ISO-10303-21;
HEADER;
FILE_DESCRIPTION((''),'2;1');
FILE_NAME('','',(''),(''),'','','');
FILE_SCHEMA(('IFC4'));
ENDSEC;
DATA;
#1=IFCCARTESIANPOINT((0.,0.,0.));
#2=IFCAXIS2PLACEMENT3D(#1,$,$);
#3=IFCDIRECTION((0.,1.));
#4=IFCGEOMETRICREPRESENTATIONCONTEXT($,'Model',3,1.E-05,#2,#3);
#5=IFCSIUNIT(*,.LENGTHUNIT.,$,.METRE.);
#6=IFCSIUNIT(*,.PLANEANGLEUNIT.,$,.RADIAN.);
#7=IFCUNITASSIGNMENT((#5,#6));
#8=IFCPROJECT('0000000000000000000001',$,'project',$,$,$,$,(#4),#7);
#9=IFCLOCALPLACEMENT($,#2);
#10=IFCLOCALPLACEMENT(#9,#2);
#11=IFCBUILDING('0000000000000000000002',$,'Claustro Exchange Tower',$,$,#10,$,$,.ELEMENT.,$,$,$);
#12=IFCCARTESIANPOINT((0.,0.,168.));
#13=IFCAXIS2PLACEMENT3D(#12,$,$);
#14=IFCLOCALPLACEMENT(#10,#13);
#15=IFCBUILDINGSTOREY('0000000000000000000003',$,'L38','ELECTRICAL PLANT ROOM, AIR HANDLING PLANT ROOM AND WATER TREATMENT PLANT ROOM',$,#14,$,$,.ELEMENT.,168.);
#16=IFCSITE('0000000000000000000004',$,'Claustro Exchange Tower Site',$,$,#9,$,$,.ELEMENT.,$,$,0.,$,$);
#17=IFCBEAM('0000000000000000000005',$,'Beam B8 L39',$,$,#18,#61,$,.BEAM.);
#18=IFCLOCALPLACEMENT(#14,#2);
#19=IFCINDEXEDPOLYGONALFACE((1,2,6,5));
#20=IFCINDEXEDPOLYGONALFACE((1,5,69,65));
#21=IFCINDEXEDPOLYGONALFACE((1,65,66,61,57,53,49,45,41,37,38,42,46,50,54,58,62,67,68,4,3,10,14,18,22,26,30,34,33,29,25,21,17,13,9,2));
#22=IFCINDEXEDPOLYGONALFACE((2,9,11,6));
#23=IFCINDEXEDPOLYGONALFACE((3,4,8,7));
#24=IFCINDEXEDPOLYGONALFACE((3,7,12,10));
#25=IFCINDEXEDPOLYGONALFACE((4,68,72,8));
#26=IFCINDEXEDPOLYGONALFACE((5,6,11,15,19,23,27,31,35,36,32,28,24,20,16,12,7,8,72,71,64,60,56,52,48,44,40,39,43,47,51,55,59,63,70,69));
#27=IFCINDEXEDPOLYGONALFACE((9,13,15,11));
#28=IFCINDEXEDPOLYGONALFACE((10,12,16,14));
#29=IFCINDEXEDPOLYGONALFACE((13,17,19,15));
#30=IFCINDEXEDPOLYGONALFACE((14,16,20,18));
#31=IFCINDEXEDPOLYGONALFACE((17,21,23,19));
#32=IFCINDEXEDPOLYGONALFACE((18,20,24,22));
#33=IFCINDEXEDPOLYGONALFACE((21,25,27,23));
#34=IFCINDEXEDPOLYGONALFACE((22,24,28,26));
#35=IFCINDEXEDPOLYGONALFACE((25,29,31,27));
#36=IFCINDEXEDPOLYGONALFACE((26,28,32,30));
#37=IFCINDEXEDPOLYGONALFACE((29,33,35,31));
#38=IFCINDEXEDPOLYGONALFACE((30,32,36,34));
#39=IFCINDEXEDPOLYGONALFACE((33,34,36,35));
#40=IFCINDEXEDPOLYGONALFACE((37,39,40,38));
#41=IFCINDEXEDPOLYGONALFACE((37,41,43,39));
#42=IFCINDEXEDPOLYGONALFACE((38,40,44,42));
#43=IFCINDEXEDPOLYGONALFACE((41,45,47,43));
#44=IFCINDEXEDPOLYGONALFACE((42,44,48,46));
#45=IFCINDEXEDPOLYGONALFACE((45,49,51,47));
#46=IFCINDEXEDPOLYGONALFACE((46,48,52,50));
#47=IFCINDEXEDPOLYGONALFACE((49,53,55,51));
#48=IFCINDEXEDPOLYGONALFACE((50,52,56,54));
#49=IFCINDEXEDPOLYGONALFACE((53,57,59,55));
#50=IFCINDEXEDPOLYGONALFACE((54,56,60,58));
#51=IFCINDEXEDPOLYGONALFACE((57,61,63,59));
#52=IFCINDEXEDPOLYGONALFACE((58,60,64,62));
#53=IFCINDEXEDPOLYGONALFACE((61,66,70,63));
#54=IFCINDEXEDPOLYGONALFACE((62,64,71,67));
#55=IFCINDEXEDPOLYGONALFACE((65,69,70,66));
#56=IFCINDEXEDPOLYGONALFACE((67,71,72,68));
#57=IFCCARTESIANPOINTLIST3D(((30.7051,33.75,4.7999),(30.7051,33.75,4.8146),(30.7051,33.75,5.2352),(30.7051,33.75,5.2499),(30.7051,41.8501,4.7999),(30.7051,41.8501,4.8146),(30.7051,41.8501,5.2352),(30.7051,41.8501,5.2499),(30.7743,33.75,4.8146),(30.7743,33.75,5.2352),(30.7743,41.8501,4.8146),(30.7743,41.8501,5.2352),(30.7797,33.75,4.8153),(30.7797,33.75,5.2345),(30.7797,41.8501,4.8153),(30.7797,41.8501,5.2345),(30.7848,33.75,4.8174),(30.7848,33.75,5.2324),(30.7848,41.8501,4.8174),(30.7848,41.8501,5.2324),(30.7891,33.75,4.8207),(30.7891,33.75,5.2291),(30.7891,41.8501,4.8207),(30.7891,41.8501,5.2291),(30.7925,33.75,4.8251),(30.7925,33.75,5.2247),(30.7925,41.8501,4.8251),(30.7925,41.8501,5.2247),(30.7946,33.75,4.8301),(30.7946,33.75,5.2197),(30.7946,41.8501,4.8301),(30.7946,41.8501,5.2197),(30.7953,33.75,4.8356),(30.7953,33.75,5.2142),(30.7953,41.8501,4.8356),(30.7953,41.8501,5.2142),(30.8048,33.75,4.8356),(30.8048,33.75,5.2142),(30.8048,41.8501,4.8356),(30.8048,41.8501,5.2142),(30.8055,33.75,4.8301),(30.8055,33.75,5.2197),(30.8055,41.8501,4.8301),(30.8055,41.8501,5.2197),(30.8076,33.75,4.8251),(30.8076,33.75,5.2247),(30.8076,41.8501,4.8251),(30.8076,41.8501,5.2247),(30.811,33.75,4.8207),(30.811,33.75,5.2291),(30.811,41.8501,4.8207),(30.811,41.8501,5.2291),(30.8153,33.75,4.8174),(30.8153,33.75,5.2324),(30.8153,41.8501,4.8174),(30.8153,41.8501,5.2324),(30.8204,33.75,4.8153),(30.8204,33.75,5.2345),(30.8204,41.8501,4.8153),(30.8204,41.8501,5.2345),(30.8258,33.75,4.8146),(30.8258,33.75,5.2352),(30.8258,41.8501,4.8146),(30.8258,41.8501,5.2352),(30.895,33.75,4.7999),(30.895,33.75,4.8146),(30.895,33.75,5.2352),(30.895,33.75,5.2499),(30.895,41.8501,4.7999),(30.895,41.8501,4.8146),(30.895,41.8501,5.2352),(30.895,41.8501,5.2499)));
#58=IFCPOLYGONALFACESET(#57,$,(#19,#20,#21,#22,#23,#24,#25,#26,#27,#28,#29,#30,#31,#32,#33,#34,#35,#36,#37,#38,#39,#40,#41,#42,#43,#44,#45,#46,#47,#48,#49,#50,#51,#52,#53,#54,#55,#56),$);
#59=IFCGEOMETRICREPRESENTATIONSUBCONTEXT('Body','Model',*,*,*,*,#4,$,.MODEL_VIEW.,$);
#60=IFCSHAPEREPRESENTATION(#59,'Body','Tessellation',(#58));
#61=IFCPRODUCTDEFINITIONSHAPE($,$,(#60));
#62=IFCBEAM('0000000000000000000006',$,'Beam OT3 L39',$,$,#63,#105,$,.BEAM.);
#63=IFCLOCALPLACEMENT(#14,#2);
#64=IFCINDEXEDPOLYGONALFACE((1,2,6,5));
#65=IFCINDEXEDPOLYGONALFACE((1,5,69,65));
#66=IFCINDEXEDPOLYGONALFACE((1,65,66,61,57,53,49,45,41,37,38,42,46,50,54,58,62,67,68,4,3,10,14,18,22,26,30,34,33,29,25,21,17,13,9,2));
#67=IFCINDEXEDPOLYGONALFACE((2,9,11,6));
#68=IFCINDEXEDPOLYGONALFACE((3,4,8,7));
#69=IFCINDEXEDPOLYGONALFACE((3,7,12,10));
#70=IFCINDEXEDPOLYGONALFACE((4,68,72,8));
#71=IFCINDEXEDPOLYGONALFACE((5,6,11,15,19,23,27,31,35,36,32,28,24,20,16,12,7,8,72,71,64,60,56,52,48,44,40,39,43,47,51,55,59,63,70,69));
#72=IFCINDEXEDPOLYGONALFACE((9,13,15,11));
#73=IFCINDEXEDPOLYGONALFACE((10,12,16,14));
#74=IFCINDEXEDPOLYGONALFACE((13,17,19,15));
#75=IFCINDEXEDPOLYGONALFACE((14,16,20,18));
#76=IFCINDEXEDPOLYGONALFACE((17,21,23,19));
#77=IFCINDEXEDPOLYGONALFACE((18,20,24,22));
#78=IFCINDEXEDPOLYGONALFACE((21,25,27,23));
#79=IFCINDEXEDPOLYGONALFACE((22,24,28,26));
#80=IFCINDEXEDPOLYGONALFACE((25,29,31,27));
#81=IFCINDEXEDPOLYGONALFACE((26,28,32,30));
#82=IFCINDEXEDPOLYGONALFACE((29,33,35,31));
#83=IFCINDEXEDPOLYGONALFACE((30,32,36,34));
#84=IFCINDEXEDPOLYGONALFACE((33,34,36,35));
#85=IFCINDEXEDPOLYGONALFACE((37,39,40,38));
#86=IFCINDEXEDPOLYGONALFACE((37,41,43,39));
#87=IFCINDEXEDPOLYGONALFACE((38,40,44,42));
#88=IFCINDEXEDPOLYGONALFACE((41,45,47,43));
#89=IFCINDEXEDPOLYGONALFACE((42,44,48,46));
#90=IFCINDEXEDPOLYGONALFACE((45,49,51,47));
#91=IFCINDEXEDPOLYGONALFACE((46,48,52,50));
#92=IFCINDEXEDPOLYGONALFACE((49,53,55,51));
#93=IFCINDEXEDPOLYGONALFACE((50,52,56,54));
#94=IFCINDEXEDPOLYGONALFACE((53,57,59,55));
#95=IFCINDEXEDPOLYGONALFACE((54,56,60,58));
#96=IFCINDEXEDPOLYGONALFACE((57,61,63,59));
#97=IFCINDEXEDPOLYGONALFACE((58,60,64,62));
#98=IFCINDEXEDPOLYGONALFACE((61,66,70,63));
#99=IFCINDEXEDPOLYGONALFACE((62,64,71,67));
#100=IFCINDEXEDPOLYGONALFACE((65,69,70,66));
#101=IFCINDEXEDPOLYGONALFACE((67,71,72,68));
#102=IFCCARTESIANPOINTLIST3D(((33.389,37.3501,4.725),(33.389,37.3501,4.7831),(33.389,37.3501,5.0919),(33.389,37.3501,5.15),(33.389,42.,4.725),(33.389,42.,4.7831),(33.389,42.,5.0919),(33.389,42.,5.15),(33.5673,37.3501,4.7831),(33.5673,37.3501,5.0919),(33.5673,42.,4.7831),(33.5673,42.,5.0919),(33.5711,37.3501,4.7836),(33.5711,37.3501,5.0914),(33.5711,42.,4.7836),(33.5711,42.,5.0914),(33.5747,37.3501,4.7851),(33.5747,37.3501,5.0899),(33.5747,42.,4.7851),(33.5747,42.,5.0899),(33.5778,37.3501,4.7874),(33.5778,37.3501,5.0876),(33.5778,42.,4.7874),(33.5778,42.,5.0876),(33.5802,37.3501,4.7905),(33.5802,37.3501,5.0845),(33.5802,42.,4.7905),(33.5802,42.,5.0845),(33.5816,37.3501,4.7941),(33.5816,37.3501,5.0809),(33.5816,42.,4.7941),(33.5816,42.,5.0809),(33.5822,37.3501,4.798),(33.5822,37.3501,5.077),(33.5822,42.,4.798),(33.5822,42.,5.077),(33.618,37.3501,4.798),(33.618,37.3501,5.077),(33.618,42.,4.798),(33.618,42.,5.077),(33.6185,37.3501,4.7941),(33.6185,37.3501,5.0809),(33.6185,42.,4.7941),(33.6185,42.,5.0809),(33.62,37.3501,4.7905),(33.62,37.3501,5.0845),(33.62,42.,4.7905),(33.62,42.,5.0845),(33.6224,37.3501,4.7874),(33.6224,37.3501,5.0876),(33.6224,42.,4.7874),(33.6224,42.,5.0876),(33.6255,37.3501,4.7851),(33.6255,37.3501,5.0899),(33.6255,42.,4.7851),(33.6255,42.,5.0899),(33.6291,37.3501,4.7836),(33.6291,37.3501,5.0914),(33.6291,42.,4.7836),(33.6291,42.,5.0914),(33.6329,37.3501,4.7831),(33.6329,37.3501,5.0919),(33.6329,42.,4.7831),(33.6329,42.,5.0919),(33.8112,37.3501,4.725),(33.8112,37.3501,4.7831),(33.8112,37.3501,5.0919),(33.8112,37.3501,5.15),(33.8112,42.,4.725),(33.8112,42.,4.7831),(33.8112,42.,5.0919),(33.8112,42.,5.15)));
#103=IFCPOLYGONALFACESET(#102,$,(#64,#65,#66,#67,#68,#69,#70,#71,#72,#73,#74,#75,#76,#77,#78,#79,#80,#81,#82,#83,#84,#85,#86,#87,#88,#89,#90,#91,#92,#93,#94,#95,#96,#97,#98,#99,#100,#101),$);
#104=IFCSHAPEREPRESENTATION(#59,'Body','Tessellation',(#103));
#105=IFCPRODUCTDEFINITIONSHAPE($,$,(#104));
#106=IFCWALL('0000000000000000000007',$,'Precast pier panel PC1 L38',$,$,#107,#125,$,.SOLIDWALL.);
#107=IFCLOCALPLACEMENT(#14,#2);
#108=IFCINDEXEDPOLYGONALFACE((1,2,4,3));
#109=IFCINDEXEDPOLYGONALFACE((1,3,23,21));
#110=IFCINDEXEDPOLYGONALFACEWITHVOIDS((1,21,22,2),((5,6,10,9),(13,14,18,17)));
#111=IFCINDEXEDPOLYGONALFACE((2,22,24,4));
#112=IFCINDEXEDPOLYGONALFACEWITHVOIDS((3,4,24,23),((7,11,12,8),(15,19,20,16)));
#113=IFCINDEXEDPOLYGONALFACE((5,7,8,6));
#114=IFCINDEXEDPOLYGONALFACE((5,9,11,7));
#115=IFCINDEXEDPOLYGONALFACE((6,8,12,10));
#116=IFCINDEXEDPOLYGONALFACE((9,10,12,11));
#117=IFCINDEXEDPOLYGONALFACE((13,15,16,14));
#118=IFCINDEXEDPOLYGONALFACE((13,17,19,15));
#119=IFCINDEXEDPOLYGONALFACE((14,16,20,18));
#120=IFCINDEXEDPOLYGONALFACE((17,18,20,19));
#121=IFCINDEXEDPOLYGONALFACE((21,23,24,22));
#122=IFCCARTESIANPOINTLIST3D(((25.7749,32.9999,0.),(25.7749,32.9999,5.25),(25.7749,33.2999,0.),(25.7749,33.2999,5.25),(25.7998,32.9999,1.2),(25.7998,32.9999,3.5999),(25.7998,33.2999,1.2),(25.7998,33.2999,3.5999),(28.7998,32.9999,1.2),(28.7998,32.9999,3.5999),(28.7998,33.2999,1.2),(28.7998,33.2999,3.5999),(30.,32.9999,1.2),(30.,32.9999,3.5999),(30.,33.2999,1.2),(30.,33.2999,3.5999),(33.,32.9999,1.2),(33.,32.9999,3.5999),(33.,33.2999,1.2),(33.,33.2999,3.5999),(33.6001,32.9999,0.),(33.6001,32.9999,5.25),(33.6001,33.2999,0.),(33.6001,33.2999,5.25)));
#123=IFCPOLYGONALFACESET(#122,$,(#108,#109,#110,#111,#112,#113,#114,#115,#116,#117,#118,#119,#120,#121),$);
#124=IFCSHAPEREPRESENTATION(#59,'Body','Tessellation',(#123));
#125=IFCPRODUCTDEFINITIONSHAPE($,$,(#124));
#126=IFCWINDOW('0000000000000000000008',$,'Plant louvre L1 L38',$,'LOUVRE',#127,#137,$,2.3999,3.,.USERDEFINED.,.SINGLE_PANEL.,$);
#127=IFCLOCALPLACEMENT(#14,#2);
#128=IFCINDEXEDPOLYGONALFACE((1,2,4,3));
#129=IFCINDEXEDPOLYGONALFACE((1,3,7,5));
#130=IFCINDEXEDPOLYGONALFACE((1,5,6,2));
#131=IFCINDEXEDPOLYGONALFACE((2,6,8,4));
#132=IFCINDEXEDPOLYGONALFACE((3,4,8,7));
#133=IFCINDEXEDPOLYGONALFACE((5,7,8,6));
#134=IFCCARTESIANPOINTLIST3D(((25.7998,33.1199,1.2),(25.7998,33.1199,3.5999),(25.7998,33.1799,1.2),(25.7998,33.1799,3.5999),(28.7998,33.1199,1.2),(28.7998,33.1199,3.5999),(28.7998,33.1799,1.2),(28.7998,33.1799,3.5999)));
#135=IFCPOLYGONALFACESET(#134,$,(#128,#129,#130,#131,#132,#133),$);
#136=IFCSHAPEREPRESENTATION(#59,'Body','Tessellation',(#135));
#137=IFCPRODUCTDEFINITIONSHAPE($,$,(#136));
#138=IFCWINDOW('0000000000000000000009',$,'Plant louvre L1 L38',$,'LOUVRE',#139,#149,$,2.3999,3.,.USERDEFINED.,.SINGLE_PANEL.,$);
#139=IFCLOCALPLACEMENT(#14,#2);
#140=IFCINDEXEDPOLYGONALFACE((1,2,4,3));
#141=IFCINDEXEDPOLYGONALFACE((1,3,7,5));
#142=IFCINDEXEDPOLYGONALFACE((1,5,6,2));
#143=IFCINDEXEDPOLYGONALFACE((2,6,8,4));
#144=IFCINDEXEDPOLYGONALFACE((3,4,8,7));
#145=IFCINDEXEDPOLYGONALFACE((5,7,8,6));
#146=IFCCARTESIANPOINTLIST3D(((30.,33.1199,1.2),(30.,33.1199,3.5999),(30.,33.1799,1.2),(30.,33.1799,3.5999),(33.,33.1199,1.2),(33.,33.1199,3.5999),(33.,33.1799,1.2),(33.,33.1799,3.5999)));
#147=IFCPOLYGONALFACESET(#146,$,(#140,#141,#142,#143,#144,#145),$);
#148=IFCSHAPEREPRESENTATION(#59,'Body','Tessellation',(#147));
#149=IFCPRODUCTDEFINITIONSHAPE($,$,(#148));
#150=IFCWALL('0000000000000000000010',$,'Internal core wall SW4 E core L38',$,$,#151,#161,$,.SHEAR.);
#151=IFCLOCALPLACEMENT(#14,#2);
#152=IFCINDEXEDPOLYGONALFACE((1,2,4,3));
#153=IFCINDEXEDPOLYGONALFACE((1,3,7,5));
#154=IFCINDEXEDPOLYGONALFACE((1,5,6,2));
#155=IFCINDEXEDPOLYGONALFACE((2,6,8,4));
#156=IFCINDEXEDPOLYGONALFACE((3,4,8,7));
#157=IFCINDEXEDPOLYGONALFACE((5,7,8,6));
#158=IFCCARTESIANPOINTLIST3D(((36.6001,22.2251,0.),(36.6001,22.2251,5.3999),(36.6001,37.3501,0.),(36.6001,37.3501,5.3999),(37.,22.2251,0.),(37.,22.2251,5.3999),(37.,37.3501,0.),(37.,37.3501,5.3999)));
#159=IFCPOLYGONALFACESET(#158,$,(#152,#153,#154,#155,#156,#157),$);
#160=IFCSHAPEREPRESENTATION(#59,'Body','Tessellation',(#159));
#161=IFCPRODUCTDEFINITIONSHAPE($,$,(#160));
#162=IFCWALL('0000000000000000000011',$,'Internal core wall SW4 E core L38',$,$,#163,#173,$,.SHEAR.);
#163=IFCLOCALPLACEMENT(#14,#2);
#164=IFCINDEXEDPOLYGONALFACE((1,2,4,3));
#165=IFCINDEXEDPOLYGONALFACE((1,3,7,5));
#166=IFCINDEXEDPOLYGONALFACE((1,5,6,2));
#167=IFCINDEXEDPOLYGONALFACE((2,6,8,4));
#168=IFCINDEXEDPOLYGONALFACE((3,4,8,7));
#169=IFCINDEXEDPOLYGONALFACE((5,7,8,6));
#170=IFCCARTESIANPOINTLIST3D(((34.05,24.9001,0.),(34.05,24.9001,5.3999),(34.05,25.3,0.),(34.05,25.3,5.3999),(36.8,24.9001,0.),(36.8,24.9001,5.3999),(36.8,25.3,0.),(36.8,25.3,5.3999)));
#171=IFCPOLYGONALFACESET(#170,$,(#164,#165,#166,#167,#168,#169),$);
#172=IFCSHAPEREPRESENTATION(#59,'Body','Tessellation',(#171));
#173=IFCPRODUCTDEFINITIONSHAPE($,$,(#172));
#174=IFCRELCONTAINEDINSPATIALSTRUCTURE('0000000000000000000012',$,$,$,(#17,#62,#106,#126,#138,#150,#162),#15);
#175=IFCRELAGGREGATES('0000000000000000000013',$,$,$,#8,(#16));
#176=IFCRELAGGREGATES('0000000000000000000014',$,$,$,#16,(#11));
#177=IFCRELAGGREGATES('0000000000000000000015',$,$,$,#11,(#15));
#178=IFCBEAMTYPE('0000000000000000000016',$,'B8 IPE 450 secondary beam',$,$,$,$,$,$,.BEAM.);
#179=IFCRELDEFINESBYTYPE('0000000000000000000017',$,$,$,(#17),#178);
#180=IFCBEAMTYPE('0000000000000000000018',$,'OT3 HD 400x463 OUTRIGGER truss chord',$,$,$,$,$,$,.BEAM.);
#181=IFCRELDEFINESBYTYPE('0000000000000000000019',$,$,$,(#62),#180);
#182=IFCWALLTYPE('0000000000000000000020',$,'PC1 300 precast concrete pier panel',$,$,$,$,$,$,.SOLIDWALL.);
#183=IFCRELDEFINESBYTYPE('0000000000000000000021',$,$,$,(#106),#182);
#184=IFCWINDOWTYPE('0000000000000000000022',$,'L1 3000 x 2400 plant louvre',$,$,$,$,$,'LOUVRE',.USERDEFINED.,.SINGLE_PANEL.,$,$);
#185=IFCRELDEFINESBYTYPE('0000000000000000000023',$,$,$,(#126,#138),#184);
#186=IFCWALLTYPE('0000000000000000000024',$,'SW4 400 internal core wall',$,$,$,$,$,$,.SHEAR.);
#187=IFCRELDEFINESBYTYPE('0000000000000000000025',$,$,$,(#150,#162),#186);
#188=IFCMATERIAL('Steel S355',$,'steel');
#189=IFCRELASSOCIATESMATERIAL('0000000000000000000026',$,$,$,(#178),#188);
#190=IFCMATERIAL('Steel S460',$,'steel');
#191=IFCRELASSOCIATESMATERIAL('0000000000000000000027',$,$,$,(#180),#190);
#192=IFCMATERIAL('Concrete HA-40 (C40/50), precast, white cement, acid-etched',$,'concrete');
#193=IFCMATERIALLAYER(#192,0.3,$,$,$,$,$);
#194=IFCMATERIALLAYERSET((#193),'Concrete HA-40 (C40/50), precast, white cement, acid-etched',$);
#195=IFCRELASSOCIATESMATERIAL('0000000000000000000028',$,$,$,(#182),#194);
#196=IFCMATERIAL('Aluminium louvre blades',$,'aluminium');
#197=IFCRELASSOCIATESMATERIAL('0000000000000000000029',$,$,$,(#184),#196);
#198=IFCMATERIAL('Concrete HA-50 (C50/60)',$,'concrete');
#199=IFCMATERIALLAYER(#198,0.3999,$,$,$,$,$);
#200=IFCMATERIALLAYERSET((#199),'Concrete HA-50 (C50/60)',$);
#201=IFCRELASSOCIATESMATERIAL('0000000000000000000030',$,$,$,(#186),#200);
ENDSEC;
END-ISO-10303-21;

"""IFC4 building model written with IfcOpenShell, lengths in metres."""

from ifc_helpers import new_model, si_unit, direction, frame, frame_2d, origin, origin_2d, place, context, subcontext, project, spatial, rectangle, i_section, extrude, material, layer, layer_set, material_profile, profile_set, type_object, element, fill, save


model = new_model("IFC4")

# Units and contexts
model_context = context("Model", 3, precision=1e-05, world=origin(), true_north=direction((0.0, 1.0)))
body_context = subcontext(model_context, "Body", "Model", "MODEL_VIEW")
ifc_project = project(units=[si_unit("LENGTHUNIT", "METRE"), si_unit("PLANEANGLEUNIT", "RADIAN")], contexts=[model_context])

# Site, building, storey
site_placement = place(None, origin())
site = spatial("IfcSite", under=ifc_project, at=site_placement, Name="Claustro Exchange Tower Site", CompositionType="ELEMENT", RefElevation=0.0)
building_placement = place(site_placement, origin())
building = spatial("IfcBuilding", under=site, at=building_placement, Name="Claustro Exchange Tower", CompositionType="ELEMENT")
storey_placement = place(building_placement, frame((0.0, 0.0, 168.0)))
storey = spatial("IfcBuildingStorey", under=building, at=storey_placement, Name="L38", Description="ELECTRICAL PLANT ROOM, AIR HANDLING PLANT ROOM AND WATER TREATMENT PLANT ROOM", CompositionType="ELEMENT", Elevation=168.0)

# Beams
ifc_material_1 = material(Name="Steel S355", Category="steel")
ifc_material_profile_1 = material_profile(ifc_material_1, i_section(OverallWidth=0.1899, OverallDepth=0.45, WebThickness=0.0095, FlangeThickness=0.0146, FilletRadius=0.021, at=origin_2d()), Name="IPE 450")
ifc_profile_set_1 = profile_set([ifc_material_profile_1], Name="Steel S355")
beam_type_1 = type_object("IfcBeamType", Name="B8 IPE 450 secondary beam", PredefinedType="BEAM", material=ifc_profile_set_1)
for number, where, z_axis, x_axis, name in (
    (1, (30.8, 33.75, 5.0249), (0.0, 1.0, 0.0), (-1.0, 0.0, 0.0), "Beam B8 L39"),
):
    element("IfcBeam", number, at=place(storey_placement, frame(where, z_axis=z_axis, x_axis=x_axis)), inside=storey, type_object=beam_type_1, Name=name, PredefinedType="BEAM", context=body_context, shape_type="SweptSolid", body=[
        extrude(i_section(OverallWidth=0.1899, OverallDepth=0.45, WebThickness=0.0095, FlangeThickness=0.0146, FilletRadius=0.021, at=origin_2d()), origin(), (0.0, 0.0, 1.0), 8.1001),
    ])
ifc_material_2 = material(Name="Steel S460", Category="steel")
ifc_material_profile_2 = material_profile(ifc_material_2, i_section(OverallWidth=0.4221, OverallDepth=0.425, WebThickness=0.0359, FlangeThickness=0.0581, FilletRadius=0.0149, at=origin_2d()), Name="HD 400x463")
ifc_profile_set_2 = profile_set([ifc_material_profile_2], Name="Steel S460")
beam_type_2 = type_object("IfcBeamType", Name="OT3 HD 400x463 OUTRIGGER truss chord", PredefinedType="BEAM", material=ifc_profile_set_2)
beam_1_placement = place(storey_placement, frame((33.6001, 37.3501, 4.9375), z_axis=(0.0, 1.0, 0.0), x_axis=(-1.0, 0.0, 0.0)))
element("IfcBeam", 2, at=beam_1_placement, inside=storey, type_object=beam_type_2, Name="Beam OT3 L39", PredefinedType="BEAM", context=body_context, shape_type="SweptSolid", body=[
    extrude(i_section(OverallWidth=0.4221, OverallDepth=0.425, WebThickness=0.0359, FlangeThickness=0.0581, FilletRadius=0.0149, at=origin_2d()), origin(), (0.0, 0.0, 1.0), 4.6499),
])

# Wall, openings, windows
ifc_material_3 = material(Name="Concrete HA-40 (C40/50), precast, white cement, acid-etched", Category="concrete")
ifc_layer_1 = layer(ifc_material_3, 0.3)
ifc_layer_set_1 = layer_set([ifc_layer_1], Name="Concrete HA-40 (C40/50), precast, white cement, acid-etched")
wall_type_1 = type_object("IfcWallType", Name="PC1 300 precast concrete pier panel", PredefinedType="SOLIDWALL", material=ifc_layer_set_1)
wall_1_placement = place(storey_placement, frame((25.7749, 33.1499, 0.0), z_axis=(0.0, 0.0, 1.0), x_axis=(1.0, 0.0, 0.0)))
wall_1 = element("IfcWall", 3, at=wall_1_placement, inside=storey, type_object=wall_type_1, Name="Precast pier panel PC1 L38", PredefinedType="SOLIDWALL", context=body_context, shape_type="SweptSolid", body=[
    extrude(rectangle(XDim=7.8252, YDim=0.3, at=frame_2d((3.9126, 0.0))), origin(), (0.0, 0.0, 1.0), 5.25),
])
opening_1_placement = place(wall_1_placement, frame((0.0249, 0.0, 1.2)))
opening_1 = element("IfcOpeningElement", 4, at=opening_1_placement, cuts=wall_1, PredefinedType="OPENING", context=body_context, shape_type="SweptSolid", body=[
    extrude(rectangle(XDim=3.0, YDim=2.3999, at=frame_2d((1.5, 1.2))), frame((0.0, 0.1599, 0.0), z_axis=(0.0, -1.0, 0.0), x_axis=(1.0, 0.0, 0.0)), (0.0, 0.0, 1.0), 0.3201),
])
opening_2_placement = place(wall_1_placement, frame((4.2251, 0.0, 1.2)))
opening_2 = element("IfcOpeningElement", 5, at=opening_2_placement, cuts=wall_1, PredefinedType="OPENING", context=body_context, shape_type="SweptSolid", body=[
    extrude(rectangle(XDim=3.0, YDim=2.3999, at=frame_2d((1.5, 1.2))), frame((0.0, 0.1599, 0.0), z_axis=(0.0, -1.0, 0.0), x_axis=(1.0, 0.0, 0.0)), (0.0, 0.0, 1.0), 0.3201),
])
ifc_material_4 = material(Name="Aluminium louvre blades", Category="aluminium")
window_type = type_object("IfcWindowType", Name="L1 3000 x 2400 plant louvre", ElementType="LOUVRE", PartitioningType="SINGLE_PANEL", PredefinedType="USERDEFINED", material=ifc_material_4)
window_1_placement = place(opening_1_placement, origin())
window_1 = element("IfcWindow", 6, at=window_1_placement, inside=storey, type_object=window_type, Name="Plant louvre L1 L38", ObjectType="LOUVRE", OverallHeight=2.3999, OverallWidth=3.0, PartitioningType="SINGLE_PANEL", PredefinedType="USERDEFINED", context=body_context, shape_type="SweptSolid", body=[
    extrude(rectangle(XDim=3.0, YDim=2.3999, at=frame_2d((1.5, 1.2))), frame((0.0, 0.03, 0.0), z_axis=(0.0, -1.0, 0.0), x_axis=(1.0, 0.0, 0.0)), (0.0, 0.0, 1.0), 0.0601),
])
fill(opening_1, window_1)
window_2_placement = place(opening_2_placement, origin())
window_2 = element("IfcWindow", 7, at=window_2_placement, inside=storey, type_object=window_type, Name="Plant louvre L1 L38", ObjectType="LOUVRE", OverallHeight=2.3999, OverallWidth=3.0, PartitioningType="SINGLE_PANEL", PredefinedType="USERDEFINED", context=body_context, shape_type="SweptSolid", body=[
    extrude(rectangle(XDim=3.0, YDim=2.3999, at=frame_2d((1.5, 1.2))), frame((0.0, 0.03, 0.0), z_axis=(0.0, -1.0, 0.0), x_axis=(1.0, 0.0, 0.0)), (0.0, 0.0, 1.0), 0.0601),
])
fill(opening_2, window_2)

# Walls
ifc_material_5 = material(Name="Concrete HA-50 (C50/60)", Category="concrete")
ifc_layer_2 = layer(ifc_material_5, 0.3999)
ifc_layer_set_2 = layer_set([ifc_layer_2], Name="Concrete HA-50 (C50/60)")
wall_type_2 = type_object("IfcWallType", Name="SW4 400 internal core wall", PredefinedType="SHEAR", material=ifc_layer_set_2)
wall_2_placement = place(storey_placement, frame((36.8, 22.2251, 0.0), z_axis=(0.0, 0.0, 1.0), x_axis=(0.0, 1.0, 0.0)))
element("IfcWall", 8, at=wall_2_placement, inside=storey, type_object=wall_type_2, Name="Internal core wall SW4 E core L38", PredefinedType="SHEAR", context=body_context, shape_type="SweptSolid", body=[
    extrude(rectangle(XDim=15.125, YDim=0.3999, at=frame_2d((7.5625, 0.0))), origin(), (0.0, 0.0, 1.0), 5.3999),
])
wall_3_placement = place(storey_placement, frame((36.8, 25.1001, 0.0), z_axis=(0.0, 0.0, 1.0), x_axis=(-1.0, 0.0, 0.0)))
element("IfcWall", 9, at=wall_3_placement, inside=storey, type_object=wall_type_2, Name="Internal core wall SW4 E core L38", PredefinedType="SHEAR", context=body_context, shape_type="SweptSolid", body=[
    extrude(rectangle(XDim=2.75, YDim=0.3999, at=frame_2d((1.375, 0.0))), origin(), (0.0, 0.0, 1.0), 5.3999),
])

save(model, "model.ifc")
